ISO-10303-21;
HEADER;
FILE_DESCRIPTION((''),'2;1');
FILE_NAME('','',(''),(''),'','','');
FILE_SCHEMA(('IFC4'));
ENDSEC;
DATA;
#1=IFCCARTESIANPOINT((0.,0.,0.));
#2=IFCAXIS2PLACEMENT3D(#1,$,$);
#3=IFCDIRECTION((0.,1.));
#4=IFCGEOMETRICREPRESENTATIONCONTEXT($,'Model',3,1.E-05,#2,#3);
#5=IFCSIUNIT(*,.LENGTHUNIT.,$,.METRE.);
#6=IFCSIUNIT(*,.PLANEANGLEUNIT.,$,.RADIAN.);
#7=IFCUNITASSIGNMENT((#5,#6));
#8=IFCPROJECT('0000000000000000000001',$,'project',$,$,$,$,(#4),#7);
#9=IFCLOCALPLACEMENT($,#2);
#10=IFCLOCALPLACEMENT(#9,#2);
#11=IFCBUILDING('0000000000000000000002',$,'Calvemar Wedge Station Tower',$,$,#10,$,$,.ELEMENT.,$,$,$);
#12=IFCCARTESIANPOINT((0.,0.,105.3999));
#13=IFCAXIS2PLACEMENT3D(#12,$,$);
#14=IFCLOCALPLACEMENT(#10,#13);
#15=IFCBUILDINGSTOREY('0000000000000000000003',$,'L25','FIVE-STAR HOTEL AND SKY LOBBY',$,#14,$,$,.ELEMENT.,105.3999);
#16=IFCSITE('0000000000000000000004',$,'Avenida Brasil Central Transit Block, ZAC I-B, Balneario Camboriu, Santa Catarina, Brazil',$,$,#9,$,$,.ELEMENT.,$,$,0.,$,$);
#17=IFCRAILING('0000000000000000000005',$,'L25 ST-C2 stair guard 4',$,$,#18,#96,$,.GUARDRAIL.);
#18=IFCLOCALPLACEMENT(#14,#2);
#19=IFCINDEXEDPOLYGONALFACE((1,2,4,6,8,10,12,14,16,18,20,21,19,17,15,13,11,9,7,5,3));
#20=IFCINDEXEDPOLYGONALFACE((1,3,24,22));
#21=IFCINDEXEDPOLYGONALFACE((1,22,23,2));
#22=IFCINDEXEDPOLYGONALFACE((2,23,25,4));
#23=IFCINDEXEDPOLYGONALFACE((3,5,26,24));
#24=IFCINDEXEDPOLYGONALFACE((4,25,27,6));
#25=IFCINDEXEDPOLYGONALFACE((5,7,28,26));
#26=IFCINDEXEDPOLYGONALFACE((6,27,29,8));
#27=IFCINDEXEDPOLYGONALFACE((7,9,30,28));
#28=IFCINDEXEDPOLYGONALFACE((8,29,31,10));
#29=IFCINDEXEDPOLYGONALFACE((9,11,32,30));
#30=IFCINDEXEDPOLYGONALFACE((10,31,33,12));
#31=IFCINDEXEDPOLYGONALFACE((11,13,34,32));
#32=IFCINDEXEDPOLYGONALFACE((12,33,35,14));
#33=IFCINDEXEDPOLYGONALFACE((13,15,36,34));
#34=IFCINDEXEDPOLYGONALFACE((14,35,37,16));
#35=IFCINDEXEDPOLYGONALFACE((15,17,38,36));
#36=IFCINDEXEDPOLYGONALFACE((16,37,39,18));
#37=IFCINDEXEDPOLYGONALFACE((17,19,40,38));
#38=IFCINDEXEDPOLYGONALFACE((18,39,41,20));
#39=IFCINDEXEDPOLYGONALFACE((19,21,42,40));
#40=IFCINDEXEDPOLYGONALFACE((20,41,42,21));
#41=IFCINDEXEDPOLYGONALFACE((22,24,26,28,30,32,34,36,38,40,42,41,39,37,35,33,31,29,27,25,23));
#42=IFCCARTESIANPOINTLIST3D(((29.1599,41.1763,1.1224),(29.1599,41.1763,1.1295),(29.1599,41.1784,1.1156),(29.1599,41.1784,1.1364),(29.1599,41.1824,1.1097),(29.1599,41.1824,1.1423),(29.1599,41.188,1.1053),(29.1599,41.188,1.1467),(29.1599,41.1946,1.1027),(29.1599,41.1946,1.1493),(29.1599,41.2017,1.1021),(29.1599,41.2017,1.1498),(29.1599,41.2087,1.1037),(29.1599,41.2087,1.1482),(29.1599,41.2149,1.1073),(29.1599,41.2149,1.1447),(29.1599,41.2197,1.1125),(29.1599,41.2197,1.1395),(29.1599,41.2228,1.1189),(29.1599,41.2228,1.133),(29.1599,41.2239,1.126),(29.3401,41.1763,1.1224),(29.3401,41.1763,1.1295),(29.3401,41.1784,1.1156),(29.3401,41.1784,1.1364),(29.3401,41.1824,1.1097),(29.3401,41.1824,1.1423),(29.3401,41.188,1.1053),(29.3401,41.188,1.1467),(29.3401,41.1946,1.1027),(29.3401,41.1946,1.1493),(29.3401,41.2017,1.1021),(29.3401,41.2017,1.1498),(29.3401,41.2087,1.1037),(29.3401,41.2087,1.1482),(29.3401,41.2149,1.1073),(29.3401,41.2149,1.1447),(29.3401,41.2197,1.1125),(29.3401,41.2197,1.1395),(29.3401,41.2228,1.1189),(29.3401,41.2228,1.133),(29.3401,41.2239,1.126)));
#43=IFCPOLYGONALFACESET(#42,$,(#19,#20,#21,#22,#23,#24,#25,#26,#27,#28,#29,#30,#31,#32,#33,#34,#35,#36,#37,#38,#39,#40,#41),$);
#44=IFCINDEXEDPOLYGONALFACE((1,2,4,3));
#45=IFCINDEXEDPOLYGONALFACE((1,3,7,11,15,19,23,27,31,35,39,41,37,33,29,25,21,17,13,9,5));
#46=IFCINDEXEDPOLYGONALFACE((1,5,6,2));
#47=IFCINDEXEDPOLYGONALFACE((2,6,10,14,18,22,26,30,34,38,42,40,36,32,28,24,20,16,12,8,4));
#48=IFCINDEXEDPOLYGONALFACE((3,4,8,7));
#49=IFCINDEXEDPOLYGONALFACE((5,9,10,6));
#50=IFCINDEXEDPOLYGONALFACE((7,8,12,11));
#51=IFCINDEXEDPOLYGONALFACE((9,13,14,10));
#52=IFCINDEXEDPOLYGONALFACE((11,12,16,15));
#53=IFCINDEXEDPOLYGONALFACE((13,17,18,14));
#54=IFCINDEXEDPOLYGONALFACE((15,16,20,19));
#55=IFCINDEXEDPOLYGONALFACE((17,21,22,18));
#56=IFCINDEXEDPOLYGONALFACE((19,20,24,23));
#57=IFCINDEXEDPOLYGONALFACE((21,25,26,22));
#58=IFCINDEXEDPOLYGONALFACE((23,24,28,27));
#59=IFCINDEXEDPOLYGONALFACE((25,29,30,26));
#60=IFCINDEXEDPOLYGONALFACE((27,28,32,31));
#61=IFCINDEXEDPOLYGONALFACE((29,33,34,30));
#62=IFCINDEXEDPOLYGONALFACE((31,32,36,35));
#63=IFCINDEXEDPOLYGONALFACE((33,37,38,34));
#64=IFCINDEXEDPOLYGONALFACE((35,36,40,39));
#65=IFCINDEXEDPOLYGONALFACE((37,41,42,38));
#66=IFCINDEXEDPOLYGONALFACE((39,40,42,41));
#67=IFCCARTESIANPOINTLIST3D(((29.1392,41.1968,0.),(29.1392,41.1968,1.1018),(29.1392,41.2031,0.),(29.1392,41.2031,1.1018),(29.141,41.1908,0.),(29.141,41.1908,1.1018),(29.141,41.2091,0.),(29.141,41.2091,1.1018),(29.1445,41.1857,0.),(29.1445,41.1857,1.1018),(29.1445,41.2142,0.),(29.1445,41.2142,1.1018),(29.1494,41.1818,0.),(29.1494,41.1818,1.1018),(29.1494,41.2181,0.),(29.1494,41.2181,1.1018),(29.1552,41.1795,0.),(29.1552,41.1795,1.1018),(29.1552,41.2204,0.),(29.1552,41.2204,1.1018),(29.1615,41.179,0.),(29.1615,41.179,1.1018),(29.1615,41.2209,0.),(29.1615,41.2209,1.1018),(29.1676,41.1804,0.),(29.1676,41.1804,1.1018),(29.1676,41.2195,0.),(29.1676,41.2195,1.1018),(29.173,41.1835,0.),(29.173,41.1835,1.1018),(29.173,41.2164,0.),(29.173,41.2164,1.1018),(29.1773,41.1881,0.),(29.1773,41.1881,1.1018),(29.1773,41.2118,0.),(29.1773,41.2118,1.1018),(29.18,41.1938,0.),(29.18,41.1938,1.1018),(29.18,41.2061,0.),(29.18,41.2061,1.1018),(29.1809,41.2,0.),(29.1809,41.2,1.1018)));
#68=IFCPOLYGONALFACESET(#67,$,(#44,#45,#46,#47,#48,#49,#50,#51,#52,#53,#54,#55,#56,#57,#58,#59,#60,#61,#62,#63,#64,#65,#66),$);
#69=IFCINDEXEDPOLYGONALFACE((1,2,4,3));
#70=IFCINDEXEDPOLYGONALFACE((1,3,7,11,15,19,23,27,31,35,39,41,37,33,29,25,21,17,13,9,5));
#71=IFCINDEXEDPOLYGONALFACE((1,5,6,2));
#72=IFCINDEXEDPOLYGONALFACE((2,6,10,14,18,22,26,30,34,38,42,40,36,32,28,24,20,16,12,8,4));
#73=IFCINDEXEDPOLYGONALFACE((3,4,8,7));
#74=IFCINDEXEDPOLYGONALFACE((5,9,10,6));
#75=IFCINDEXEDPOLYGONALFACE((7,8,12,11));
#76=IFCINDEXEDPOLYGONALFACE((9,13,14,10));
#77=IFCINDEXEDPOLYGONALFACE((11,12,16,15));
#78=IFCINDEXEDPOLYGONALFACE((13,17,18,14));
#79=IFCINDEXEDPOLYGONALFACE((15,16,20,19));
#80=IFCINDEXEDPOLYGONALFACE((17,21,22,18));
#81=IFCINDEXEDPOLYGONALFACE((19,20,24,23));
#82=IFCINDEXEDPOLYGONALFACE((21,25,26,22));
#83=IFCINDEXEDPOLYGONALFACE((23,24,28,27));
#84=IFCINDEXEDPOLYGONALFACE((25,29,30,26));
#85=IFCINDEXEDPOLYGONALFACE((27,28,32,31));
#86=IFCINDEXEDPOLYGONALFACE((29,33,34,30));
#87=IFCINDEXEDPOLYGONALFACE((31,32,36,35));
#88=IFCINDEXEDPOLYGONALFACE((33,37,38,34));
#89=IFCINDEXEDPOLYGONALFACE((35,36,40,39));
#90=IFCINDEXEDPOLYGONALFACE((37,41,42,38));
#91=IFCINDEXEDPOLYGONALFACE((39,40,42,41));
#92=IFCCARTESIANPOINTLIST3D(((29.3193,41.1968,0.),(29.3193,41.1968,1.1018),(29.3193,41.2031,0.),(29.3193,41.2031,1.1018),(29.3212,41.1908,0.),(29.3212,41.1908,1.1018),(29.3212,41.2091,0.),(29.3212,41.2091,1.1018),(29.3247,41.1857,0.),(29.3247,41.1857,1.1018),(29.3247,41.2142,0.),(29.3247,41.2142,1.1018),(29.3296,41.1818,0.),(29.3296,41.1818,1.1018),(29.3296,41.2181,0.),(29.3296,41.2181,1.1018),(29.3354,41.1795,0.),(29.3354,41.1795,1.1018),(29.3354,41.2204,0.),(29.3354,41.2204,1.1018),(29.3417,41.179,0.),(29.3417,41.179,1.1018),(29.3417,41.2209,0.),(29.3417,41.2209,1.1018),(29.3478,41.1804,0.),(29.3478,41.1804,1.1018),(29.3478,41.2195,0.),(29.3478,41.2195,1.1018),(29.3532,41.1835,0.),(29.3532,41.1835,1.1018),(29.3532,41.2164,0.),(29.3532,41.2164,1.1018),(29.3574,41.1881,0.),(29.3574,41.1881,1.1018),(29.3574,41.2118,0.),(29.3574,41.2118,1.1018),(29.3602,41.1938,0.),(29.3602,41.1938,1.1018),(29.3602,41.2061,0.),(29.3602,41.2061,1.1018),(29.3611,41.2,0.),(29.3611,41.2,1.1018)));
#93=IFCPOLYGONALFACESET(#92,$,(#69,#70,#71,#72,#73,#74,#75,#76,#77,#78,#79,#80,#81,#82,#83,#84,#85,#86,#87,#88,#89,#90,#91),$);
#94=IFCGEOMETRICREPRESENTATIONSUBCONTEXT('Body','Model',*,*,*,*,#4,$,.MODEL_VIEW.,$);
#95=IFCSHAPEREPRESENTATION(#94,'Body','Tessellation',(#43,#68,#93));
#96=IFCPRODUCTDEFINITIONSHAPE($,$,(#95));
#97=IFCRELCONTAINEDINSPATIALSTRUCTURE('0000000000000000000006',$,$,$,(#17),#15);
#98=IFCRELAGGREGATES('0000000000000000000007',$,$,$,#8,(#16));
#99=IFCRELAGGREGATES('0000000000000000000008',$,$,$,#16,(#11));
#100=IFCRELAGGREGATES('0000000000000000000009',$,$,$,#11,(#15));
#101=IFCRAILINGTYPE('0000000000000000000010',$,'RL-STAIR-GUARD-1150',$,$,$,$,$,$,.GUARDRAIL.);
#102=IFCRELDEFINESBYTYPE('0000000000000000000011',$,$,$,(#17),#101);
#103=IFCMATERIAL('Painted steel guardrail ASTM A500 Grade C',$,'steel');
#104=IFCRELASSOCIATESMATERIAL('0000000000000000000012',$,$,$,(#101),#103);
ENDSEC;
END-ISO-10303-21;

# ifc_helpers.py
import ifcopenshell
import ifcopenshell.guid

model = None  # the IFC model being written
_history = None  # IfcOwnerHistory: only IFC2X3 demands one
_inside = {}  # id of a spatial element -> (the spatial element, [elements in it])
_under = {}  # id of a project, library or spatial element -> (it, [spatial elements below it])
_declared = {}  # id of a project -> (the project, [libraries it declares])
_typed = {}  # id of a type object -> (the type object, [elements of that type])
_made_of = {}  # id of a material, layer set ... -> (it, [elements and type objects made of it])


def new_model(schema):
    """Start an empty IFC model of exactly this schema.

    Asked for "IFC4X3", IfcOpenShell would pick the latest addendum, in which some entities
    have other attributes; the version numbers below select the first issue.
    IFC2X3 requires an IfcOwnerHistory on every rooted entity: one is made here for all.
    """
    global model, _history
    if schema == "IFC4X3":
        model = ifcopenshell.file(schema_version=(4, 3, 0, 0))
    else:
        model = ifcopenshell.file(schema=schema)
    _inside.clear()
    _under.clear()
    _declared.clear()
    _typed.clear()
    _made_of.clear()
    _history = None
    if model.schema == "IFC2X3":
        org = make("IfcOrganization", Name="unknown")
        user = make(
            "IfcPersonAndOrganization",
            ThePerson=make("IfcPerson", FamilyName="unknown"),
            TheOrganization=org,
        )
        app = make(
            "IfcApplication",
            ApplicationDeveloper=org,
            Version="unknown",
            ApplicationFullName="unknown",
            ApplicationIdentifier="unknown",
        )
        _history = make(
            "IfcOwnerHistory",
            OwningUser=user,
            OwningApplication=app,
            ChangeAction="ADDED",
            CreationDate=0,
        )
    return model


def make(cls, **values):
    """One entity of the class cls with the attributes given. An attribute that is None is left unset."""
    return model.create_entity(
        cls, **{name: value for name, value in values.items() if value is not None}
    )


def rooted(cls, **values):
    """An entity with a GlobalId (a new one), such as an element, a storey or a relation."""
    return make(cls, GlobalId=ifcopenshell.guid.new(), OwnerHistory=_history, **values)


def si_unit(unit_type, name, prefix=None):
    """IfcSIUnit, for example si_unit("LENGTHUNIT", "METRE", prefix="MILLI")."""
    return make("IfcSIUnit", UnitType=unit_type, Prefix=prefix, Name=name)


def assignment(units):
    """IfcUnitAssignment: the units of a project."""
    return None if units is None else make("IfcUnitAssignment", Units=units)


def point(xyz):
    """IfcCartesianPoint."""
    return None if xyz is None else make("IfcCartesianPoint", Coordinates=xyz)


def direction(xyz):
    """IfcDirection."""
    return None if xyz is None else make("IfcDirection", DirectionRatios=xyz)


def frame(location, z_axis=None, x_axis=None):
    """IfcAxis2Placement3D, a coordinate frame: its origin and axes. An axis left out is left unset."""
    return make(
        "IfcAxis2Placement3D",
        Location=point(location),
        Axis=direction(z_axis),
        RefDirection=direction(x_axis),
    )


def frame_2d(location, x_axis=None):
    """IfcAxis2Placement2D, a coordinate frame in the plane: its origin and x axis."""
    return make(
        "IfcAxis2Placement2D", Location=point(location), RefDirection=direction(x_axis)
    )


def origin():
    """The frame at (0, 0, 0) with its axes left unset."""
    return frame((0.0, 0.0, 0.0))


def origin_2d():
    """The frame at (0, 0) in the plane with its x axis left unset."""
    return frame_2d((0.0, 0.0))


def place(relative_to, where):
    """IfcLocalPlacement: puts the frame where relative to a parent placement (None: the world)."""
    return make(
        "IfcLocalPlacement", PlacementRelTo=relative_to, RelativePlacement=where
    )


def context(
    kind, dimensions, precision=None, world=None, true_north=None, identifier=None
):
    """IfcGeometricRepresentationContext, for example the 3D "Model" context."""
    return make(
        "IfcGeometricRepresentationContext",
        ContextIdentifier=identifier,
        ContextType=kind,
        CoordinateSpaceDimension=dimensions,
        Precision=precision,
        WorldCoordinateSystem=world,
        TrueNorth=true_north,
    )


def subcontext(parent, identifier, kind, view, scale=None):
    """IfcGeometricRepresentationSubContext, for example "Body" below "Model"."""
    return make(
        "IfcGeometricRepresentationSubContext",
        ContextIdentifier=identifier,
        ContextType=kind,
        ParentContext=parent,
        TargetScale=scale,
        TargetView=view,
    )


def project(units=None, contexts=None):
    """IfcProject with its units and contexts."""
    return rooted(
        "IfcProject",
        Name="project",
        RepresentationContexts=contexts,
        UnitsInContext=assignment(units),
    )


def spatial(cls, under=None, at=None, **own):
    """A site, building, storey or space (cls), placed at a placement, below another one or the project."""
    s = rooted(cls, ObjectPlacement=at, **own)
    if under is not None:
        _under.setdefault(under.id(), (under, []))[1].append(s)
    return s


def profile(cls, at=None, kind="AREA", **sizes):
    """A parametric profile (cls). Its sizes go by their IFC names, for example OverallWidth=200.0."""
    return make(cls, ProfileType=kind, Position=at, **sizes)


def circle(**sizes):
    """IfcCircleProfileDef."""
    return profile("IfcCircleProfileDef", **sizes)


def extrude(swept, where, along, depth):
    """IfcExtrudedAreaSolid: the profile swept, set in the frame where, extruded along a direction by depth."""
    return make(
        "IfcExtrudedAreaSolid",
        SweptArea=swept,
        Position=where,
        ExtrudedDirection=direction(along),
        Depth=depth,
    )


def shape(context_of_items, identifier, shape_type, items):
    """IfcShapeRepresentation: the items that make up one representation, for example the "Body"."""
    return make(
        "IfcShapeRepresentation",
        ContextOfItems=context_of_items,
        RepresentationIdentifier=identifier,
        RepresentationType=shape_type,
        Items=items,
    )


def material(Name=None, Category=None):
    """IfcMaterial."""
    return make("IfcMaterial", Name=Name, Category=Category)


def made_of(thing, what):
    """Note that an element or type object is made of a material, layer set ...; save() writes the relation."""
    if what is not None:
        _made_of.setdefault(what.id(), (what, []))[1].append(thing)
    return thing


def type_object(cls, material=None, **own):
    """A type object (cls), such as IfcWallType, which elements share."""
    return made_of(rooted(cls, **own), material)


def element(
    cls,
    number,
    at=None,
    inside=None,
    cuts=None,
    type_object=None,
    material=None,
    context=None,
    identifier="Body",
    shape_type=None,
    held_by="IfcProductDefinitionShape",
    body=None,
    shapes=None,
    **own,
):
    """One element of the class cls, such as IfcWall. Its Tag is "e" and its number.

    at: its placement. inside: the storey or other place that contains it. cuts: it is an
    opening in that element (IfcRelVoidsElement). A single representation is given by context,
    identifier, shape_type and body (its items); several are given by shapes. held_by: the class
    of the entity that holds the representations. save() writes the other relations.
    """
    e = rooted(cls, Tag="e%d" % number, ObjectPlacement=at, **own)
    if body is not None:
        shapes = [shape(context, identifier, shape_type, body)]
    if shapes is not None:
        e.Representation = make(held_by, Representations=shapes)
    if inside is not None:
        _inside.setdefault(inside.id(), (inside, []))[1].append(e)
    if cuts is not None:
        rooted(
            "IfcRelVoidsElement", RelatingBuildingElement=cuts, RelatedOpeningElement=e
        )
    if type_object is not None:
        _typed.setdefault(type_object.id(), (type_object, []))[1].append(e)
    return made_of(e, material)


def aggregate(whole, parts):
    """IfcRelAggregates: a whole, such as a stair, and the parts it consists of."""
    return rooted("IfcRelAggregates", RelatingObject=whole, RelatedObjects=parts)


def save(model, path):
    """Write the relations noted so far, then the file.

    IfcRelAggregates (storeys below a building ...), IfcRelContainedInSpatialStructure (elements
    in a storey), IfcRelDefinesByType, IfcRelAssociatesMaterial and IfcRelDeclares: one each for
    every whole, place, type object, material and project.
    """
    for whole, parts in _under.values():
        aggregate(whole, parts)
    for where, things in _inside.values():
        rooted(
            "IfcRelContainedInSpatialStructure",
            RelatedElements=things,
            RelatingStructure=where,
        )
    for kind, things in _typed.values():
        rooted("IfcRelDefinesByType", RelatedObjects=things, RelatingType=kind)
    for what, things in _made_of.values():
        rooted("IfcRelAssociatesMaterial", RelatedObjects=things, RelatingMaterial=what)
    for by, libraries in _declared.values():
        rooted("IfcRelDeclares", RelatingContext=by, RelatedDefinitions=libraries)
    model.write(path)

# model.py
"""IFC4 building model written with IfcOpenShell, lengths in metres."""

from ifc_helpers import new_model, si_unit, direction, frame, origin, origin_2d, place, context, subcontext, project, spatial, circle, extrude, material, type_object, element, save


model = new_model("IFC4")

# Units and contexts
model_context = context("Model", 3, precision=1e-05, world=origin(), true_north=direction((0.0, 1.0)))
body_context = subcontext(model_context, "Body", "Model", "MODEL_VIEW")
ifc_project = project(units=[si_unit("LENGTHUNIT", "METRE"), si_unit("PLANEANGLEUNIT", "RADIAN")], contexts=[model_context])

# Site, building, storey
site_placement = place(None, origin())
site = spatial("IfcSite", under=ifc_project, at=site_placement, Name="Avenida Brasil Central Transit Block, ZAC I-B, Balneario Camboriu, Santa Catarina, Brazil", CompositionType="ELEMENT", RefElevation=0.0)
building_placement = place(site_placement, origin())
building = spatial("IfcBuilding", under=site, at=building_placement, Name="Calvemar Wedge Station Tower", CompositionType="ELEMENT")
storey_placement = place(building_placement, frame((0.0, 0.0, 105.3999)))
storey = spatial("IfcBuildingStorey", under=building, at=storey_placement, Name="L25", Description="FIVE-STAR HOTEL AND SKY LOBBY", CompositionType="ELEMENT", Elevation=105.3999)

# Railing
ifc_material_1 = material(Name="Painted steel guardrail ASTM A500 Grade C", Category="steel")
railing_type = type_object("IfcRailingType", Name="RL-STAIR-GUARD-1150", PredefinedType="GUARDRAIL", material=ifc_material_1)
railing_placement = place(storey_placement, frame((29.1599, 41.2, 0.0)))
element("IfcRailing", 1, at=railing_placement, inside=storey, type_object=railing_type, Name="L25 ST-C2 stair guard 4", PredefinedType="GUARDRAIL", context=body_context, shape_type="SweptSolid", body=[
    extrude(circle(Radius=0.0239, at=origin_2d()), frame((0.0, 0.0, 1.126), z_axis=(1.0, 0.0, 0.0), x_axis=(0.0, 1.0, 0.0)), (0.0, 0.0, 1.0), 0.1802),
    extrude(circle(Radius=0.021, at=origin_2d()), origin(), (0.0, 0.0, 1.0), 1.1018),
    extrude(circle(Radius=0.021, at=origin_2d()), frame((0.1802, 0.0, 0.0)), (0.0, 0.0, 1.0), 1.1018),
])

save(model, "model.ifc")
